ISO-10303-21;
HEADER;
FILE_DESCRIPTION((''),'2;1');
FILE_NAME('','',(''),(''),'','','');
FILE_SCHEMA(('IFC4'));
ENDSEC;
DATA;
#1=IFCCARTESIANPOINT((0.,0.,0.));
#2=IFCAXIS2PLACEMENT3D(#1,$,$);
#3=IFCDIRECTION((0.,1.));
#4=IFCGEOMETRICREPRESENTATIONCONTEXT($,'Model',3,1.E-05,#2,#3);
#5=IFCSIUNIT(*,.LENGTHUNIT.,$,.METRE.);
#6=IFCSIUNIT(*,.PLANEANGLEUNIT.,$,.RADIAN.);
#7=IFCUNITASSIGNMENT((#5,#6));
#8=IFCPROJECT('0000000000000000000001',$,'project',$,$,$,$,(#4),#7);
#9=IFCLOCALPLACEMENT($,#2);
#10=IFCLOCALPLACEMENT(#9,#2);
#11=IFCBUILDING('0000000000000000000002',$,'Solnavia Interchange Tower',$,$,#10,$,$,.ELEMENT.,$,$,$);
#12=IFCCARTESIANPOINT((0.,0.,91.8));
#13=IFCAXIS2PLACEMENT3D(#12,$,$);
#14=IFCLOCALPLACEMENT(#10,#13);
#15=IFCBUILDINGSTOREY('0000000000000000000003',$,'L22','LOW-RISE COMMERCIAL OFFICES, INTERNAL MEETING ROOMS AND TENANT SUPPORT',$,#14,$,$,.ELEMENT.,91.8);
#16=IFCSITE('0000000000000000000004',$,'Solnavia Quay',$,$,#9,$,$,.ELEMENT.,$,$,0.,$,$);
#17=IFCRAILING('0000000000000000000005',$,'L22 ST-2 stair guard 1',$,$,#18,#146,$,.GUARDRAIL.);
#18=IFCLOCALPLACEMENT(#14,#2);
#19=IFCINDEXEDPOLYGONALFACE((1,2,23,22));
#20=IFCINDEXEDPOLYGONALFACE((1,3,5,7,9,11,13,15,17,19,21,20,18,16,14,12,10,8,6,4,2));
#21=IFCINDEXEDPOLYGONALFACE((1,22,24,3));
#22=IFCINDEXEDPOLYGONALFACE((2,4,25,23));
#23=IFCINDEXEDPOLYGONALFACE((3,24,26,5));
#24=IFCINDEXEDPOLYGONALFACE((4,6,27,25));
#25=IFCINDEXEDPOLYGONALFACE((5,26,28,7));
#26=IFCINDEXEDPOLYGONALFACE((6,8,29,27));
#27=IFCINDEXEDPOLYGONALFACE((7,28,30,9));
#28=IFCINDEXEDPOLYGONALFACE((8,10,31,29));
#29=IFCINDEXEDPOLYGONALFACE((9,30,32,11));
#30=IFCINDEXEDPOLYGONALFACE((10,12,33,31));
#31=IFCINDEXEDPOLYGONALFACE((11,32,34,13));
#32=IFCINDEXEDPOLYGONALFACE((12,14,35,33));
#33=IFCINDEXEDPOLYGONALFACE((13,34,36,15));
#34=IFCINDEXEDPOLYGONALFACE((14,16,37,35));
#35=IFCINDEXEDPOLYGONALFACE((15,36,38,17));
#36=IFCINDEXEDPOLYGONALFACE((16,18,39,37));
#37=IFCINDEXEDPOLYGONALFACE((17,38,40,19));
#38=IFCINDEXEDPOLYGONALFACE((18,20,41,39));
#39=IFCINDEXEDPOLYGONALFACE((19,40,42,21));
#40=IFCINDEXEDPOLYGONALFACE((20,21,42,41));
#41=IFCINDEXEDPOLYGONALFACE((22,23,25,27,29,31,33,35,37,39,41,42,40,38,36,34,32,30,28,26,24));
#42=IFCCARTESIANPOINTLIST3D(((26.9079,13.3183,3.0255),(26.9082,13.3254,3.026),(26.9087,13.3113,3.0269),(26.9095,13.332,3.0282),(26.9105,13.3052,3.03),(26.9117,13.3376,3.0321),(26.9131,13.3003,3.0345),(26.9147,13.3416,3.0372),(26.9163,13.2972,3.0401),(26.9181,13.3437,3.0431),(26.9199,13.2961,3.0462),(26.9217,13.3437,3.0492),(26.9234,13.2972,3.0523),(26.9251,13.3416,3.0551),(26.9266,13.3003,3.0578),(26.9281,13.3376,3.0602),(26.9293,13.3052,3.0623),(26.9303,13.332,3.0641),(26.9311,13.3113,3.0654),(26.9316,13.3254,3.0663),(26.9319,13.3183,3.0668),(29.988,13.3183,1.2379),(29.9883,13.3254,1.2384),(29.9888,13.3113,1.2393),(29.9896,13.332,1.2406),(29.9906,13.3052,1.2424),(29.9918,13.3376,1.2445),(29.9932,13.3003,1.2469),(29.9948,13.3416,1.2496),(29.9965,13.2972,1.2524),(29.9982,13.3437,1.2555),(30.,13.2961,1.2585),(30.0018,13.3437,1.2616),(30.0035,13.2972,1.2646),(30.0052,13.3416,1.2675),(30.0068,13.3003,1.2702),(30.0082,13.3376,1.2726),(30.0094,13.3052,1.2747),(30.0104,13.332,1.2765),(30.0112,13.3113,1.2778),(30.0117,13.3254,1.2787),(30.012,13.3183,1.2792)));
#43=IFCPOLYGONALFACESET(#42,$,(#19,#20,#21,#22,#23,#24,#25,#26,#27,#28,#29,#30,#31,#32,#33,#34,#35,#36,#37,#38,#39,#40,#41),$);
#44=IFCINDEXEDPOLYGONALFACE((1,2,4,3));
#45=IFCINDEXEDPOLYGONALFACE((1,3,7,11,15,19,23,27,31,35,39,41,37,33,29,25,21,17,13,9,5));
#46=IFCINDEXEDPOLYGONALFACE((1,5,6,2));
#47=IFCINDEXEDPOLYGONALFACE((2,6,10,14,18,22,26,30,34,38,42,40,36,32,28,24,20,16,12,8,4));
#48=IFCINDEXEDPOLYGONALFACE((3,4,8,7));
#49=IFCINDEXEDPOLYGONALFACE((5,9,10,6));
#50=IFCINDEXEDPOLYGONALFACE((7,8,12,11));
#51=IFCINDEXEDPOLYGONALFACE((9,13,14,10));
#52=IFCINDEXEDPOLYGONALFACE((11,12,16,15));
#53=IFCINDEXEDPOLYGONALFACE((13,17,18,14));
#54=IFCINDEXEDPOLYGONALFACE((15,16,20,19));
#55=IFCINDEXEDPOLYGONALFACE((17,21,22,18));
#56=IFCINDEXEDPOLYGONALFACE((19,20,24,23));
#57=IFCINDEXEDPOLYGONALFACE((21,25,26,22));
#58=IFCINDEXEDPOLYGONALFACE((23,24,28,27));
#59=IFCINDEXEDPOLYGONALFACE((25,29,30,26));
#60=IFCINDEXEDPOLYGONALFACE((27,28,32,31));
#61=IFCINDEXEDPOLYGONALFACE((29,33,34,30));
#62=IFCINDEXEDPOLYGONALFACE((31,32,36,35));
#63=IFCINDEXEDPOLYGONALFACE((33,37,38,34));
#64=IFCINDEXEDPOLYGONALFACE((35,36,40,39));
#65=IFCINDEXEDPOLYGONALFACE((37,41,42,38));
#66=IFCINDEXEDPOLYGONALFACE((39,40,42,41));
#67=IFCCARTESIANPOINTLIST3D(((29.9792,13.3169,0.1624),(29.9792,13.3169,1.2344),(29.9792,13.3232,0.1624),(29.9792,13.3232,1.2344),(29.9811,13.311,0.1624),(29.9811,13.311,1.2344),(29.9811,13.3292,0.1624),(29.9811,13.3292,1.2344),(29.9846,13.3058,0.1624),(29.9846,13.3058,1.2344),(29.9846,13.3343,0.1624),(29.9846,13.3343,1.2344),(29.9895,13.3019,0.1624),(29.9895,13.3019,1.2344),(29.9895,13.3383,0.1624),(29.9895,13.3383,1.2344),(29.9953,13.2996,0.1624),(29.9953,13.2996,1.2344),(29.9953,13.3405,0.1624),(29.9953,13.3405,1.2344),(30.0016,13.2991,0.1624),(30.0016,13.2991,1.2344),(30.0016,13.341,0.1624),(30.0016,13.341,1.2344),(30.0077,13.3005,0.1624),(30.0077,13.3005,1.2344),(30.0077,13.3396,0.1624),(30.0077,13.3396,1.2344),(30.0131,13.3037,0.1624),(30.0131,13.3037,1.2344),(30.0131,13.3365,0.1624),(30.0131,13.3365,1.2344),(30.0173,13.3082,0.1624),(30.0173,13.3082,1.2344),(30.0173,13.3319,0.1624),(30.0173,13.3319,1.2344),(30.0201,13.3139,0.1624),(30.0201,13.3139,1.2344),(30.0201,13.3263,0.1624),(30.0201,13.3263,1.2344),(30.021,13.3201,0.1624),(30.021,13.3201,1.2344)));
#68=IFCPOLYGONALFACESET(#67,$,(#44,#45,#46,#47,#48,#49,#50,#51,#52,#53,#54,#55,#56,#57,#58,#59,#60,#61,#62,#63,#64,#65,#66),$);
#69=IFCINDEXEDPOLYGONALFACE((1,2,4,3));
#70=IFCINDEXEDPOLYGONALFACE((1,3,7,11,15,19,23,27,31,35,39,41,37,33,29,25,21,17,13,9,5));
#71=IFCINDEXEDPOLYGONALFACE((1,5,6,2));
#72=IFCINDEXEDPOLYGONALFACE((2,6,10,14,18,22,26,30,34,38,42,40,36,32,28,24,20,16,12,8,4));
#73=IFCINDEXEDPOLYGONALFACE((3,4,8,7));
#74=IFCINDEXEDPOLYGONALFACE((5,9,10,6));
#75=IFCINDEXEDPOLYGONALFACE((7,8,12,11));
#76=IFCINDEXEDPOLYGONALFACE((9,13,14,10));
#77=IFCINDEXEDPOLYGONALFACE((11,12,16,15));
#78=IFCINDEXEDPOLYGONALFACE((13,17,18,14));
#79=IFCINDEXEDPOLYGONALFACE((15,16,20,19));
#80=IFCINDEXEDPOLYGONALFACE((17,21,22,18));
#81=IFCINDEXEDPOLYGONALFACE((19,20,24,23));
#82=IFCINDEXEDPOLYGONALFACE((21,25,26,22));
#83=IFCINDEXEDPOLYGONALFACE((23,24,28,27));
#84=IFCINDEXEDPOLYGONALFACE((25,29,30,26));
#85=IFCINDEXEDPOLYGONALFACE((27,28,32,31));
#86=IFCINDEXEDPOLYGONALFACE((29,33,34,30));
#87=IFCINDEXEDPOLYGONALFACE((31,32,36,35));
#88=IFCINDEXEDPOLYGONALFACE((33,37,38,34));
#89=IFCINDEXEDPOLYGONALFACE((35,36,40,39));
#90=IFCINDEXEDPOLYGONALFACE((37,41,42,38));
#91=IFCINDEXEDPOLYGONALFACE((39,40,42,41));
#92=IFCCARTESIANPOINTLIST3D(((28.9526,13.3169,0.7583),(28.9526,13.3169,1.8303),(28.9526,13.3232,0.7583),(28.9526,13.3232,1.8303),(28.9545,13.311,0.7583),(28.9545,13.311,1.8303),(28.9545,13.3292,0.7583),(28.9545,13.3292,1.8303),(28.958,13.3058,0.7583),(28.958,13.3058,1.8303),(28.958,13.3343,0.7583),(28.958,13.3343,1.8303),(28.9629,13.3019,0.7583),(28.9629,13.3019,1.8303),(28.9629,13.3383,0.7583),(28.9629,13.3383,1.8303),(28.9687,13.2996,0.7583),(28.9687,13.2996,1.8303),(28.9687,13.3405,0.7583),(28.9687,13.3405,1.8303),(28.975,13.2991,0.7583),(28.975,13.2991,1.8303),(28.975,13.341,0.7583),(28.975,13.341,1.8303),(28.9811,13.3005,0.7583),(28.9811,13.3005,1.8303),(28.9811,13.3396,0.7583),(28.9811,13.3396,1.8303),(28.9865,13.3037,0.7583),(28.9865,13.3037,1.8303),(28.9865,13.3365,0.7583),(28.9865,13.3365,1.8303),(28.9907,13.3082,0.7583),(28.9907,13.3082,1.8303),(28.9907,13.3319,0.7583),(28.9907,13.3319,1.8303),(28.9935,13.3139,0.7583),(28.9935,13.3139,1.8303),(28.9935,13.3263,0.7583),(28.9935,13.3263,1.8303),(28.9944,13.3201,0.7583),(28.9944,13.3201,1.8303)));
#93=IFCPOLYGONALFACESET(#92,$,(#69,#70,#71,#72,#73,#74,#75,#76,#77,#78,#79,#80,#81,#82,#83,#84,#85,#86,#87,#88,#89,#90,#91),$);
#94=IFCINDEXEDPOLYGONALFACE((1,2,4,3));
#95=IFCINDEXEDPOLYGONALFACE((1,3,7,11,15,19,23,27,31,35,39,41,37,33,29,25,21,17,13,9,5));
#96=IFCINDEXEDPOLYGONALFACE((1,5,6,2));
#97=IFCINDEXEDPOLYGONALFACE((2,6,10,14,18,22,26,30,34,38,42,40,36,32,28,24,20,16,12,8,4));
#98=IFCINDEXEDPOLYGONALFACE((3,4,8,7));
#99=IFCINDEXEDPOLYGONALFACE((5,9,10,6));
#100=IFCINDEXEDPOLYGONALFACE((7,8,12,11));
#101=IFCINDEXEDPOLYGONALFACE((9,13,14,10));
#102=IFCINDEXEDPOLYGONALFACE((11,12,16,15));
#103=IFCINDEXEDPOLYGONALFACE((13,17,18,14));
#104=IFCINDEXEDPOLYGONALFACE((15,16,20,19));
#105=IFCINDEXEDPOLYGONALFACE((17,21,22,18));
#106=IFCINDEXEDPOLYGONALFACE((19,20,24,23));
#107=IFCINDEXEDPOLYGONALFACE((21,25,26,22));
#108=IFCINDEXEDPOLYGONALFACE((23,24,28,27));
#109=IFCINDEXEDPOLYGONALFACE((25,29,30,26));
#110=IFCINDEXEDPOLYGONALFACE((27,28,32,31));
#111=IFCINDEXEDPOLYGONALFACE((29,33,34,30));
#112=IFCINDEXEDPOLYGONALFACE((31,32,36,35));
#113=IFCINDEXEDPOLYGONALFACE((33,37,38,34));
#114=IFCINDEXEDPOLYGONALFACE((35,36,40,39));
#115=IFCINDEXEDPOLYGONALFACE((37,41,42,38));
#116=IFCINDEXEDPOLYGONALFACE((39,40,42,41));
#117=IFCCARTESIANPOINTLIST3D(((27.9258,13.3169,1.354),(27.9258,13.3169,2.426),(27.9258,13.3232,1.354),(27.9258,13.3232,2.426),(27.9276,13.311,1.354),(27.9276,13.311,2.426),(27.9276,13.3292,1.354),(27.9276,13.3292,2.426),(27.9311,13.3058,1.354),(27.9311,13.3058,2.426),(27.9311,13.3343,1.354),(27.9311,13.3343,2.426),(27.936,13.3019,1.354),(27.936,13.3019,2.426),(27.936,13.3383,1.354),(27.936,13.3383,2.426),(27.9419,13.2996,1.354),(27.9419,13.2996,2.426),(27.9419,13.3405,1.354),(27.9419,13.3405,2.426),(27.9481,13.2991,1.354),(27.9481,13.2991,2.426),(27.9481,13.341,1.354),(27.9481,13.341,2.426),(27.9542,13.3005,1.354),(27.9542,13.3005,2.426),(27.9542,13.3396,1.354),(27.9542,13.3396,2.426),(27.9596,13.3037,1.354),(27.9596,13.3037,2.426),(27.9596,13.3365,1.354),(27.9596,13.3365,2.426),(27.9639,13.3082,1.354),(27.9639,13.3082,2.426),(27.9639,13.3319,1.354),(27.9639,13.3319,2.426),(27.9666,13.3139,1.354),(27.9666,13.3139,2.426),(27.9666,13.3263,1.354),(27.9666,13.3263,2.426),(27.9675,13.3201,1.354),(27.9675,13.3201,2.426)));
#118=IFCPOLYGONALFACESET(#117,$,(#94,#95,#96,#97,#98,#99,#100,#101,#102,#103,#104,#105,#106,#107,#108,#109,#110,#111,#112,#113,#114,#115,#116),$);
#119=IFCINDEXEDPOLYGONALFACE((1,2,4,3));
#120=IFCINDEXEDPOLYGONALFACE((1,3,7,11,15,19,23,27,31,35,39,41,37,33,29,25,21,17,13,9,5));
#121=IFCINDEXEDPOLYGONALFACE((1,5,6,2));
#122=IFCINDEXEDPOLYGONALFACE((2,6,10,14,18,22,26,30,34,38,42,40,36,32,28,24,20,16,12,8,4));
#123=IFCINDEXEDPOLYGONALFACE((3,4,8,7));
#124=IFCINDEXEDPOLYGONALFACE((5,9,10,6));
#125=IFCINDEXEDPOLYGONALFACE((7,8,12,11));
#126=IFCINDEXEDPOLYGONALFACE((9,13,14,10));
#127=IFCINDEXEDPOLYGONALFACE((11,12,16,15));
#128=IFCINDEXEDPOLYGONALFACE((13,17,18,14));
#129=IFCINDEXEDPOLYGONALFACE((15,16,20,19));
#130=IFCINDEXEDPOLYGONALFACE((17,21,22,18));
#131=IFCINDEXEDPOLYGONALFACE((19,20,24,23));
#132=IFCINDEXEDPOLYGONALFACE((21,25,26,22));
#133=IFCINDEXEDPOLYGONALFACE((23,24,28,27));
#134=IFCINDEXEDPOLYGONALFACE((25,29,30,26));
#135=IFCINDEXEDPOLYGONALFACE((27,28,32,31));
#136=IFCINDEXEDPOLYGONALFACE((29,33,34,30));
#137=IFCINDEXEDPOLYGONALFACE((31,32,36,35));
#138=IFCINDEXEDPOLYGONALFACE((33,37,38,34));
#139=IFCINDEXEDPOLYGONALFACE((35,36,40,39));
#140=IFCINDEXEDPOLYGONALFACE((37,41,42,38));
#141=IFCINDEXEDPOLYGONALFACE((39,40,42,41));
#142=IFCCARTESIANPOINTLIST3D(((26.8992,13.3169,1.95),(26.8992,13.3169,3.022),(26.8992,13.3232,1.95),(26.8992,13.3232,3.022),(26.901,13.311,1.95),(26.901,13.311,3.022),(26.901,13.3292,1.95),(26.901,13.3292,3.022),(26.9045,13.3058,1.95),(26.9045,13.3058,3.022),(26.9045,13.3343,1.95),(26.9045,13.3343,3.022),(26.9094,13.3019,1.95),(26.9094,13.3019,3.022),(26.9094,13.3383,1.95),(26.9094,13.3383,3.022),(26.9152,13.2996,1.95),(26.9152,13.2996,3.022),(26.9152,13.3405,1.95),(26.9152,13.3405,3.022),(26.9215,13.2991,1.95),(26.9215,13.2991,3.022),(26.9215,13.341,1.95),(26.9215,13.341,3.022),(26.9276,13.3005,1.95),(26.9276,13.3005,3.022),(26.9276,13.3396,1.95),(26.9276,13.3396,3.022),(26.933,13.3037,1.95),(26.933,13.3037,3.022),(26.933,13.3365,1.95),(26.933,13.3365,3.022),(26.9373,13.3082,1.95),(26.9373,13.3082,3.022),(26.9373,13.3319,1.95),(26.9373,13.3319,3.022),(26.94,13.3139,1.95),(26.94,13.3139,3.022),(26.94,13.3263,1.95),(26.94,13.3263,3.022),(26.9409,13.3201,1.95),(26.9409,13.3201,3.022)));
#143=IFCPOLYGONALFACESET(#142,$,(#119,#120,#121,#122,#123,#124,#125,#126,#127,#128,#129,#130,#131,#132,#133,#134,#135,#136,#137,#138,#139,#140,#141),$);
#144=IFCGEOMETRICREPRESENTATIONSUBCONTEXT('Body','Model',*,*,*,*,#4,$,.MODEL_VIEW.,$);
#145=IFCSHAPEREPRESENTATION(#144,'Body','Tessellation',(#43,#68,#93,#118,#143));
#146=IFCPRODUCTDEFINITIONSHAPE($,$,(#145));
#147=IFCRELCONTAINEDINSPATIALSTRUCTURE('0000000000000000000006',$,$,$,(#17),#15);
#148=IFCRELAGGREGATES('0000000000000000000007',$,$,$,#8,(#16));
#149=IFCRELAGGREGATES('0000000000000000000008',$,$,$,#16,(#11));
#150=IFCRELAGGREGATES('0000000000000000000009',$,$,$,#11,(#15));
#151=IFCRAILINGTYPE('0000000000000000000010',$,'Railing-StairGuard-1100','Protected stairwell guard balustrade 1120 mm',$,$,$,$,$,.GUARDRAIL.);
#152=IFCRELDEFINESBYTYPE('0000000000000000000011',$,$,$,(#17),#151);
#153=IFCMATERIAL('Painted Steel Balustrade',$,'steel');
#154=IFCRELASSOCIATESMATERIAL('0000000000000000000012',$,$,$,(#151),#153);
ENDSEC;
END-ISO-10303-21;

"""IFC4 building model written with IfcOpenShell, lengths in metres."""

from ifc_helpers import new_model, si_unit, direction, frame, origin, origin_2d, place, context, subcontext, project, spatial, circle, extrude, material, type_object, element, save


model = new_model("IFC4")

# Units and contexts
model_context = context("Model", 3, precision=1e-05, world=origin(), true_north=direction((0.0, 1.0)))
body_context = subcontext(model_context, "Body", "Model", "MODEL_VIEW")
ifc_project = project(units=[si_unit("LENGTHUNIT", "METRE"), si_unit("PLANEANGLEUNIT", "RADIAN")], contexts=[model_context])

# Site, building, storey
site_placement = place(None, origin())
site = spatial("IfcSite", under=ifc_project, at=site_placement, Name="Solnavia Quay", CompositionType="ELEMENT", RefElevation=0.0)
building_placement = place(site_placement, origin())
building = spatial("IfcBuilding", under=site, at=building_placement, Name="Solnavia Interchange Tower", CompositionType="ELEMENT")
storey_placement = place(building_placement, frame((0.0, 0.0, 91.8)))
storey = spatial("IfcBuildingStorey", under=building, at=storey_placement, Name="L22", Description="LOW-RISE COMMERCIAL OFFICES, INTERNAL MEETING ROOMS AND TENANT SUPPORT", CompositionType="ELEMENT", Elevation=91.8)

# Railing
ifc_material_1 = material(Name="Painted Steel Balustrade", Category="steel")
railing_type_1 = type_object("IfcRailingType", Name="Railing-StairGuard-1100", Description="Protected stairwell guard balustrade 1120 mm", PredefinedType="GUARDRAIL", material=ifc_material_1)
railing_1_placement = place(storey_placement, frame((30.0, 13.3201, 0.1624)))
element("IfcRailing", 1, at=railing_1_placement, inside=storey, type_object=railing_type_1, Name="L22 ST-2 stair guard 1", PredefinedType="GUARDRAIL", context=body_context, shape_type="SweptSolid", body=[
    extrude(circle(Radius=0.0239, at=origin_2d()), frame((0.0, 0.0, 1.0962), z_axis=(-0.864891, 0.0, 0.50196), x_axis=(0.0, -1.0, 0.0)), (0.0, 0.0, 1.0), 3.5613),
    extrude(circle(Radius=0.021, at=origin_2d()), origin(), (0.0, 0.0, 1.0), 1.072),
    extrude(circle(Radius=0.021, at=origin_2d()), frame((-1.0266, 0.0, 0.5959)), (0.0, 0.0, 1.0), 1.072),
    extrude(circle(Radius=0.021, at=origin_2d()), frame((-2.0535, 0.0, 1.1917)), (0.0, 0.0, 1.0), 1.072),
    extrude(circle(Radius=0.021, at=origin_2d()), frame((-3.0801, 0.0, 1.7876)), (0.0, 0.0, 1.0), 1.072),
])

save(model, "model.ifc")
